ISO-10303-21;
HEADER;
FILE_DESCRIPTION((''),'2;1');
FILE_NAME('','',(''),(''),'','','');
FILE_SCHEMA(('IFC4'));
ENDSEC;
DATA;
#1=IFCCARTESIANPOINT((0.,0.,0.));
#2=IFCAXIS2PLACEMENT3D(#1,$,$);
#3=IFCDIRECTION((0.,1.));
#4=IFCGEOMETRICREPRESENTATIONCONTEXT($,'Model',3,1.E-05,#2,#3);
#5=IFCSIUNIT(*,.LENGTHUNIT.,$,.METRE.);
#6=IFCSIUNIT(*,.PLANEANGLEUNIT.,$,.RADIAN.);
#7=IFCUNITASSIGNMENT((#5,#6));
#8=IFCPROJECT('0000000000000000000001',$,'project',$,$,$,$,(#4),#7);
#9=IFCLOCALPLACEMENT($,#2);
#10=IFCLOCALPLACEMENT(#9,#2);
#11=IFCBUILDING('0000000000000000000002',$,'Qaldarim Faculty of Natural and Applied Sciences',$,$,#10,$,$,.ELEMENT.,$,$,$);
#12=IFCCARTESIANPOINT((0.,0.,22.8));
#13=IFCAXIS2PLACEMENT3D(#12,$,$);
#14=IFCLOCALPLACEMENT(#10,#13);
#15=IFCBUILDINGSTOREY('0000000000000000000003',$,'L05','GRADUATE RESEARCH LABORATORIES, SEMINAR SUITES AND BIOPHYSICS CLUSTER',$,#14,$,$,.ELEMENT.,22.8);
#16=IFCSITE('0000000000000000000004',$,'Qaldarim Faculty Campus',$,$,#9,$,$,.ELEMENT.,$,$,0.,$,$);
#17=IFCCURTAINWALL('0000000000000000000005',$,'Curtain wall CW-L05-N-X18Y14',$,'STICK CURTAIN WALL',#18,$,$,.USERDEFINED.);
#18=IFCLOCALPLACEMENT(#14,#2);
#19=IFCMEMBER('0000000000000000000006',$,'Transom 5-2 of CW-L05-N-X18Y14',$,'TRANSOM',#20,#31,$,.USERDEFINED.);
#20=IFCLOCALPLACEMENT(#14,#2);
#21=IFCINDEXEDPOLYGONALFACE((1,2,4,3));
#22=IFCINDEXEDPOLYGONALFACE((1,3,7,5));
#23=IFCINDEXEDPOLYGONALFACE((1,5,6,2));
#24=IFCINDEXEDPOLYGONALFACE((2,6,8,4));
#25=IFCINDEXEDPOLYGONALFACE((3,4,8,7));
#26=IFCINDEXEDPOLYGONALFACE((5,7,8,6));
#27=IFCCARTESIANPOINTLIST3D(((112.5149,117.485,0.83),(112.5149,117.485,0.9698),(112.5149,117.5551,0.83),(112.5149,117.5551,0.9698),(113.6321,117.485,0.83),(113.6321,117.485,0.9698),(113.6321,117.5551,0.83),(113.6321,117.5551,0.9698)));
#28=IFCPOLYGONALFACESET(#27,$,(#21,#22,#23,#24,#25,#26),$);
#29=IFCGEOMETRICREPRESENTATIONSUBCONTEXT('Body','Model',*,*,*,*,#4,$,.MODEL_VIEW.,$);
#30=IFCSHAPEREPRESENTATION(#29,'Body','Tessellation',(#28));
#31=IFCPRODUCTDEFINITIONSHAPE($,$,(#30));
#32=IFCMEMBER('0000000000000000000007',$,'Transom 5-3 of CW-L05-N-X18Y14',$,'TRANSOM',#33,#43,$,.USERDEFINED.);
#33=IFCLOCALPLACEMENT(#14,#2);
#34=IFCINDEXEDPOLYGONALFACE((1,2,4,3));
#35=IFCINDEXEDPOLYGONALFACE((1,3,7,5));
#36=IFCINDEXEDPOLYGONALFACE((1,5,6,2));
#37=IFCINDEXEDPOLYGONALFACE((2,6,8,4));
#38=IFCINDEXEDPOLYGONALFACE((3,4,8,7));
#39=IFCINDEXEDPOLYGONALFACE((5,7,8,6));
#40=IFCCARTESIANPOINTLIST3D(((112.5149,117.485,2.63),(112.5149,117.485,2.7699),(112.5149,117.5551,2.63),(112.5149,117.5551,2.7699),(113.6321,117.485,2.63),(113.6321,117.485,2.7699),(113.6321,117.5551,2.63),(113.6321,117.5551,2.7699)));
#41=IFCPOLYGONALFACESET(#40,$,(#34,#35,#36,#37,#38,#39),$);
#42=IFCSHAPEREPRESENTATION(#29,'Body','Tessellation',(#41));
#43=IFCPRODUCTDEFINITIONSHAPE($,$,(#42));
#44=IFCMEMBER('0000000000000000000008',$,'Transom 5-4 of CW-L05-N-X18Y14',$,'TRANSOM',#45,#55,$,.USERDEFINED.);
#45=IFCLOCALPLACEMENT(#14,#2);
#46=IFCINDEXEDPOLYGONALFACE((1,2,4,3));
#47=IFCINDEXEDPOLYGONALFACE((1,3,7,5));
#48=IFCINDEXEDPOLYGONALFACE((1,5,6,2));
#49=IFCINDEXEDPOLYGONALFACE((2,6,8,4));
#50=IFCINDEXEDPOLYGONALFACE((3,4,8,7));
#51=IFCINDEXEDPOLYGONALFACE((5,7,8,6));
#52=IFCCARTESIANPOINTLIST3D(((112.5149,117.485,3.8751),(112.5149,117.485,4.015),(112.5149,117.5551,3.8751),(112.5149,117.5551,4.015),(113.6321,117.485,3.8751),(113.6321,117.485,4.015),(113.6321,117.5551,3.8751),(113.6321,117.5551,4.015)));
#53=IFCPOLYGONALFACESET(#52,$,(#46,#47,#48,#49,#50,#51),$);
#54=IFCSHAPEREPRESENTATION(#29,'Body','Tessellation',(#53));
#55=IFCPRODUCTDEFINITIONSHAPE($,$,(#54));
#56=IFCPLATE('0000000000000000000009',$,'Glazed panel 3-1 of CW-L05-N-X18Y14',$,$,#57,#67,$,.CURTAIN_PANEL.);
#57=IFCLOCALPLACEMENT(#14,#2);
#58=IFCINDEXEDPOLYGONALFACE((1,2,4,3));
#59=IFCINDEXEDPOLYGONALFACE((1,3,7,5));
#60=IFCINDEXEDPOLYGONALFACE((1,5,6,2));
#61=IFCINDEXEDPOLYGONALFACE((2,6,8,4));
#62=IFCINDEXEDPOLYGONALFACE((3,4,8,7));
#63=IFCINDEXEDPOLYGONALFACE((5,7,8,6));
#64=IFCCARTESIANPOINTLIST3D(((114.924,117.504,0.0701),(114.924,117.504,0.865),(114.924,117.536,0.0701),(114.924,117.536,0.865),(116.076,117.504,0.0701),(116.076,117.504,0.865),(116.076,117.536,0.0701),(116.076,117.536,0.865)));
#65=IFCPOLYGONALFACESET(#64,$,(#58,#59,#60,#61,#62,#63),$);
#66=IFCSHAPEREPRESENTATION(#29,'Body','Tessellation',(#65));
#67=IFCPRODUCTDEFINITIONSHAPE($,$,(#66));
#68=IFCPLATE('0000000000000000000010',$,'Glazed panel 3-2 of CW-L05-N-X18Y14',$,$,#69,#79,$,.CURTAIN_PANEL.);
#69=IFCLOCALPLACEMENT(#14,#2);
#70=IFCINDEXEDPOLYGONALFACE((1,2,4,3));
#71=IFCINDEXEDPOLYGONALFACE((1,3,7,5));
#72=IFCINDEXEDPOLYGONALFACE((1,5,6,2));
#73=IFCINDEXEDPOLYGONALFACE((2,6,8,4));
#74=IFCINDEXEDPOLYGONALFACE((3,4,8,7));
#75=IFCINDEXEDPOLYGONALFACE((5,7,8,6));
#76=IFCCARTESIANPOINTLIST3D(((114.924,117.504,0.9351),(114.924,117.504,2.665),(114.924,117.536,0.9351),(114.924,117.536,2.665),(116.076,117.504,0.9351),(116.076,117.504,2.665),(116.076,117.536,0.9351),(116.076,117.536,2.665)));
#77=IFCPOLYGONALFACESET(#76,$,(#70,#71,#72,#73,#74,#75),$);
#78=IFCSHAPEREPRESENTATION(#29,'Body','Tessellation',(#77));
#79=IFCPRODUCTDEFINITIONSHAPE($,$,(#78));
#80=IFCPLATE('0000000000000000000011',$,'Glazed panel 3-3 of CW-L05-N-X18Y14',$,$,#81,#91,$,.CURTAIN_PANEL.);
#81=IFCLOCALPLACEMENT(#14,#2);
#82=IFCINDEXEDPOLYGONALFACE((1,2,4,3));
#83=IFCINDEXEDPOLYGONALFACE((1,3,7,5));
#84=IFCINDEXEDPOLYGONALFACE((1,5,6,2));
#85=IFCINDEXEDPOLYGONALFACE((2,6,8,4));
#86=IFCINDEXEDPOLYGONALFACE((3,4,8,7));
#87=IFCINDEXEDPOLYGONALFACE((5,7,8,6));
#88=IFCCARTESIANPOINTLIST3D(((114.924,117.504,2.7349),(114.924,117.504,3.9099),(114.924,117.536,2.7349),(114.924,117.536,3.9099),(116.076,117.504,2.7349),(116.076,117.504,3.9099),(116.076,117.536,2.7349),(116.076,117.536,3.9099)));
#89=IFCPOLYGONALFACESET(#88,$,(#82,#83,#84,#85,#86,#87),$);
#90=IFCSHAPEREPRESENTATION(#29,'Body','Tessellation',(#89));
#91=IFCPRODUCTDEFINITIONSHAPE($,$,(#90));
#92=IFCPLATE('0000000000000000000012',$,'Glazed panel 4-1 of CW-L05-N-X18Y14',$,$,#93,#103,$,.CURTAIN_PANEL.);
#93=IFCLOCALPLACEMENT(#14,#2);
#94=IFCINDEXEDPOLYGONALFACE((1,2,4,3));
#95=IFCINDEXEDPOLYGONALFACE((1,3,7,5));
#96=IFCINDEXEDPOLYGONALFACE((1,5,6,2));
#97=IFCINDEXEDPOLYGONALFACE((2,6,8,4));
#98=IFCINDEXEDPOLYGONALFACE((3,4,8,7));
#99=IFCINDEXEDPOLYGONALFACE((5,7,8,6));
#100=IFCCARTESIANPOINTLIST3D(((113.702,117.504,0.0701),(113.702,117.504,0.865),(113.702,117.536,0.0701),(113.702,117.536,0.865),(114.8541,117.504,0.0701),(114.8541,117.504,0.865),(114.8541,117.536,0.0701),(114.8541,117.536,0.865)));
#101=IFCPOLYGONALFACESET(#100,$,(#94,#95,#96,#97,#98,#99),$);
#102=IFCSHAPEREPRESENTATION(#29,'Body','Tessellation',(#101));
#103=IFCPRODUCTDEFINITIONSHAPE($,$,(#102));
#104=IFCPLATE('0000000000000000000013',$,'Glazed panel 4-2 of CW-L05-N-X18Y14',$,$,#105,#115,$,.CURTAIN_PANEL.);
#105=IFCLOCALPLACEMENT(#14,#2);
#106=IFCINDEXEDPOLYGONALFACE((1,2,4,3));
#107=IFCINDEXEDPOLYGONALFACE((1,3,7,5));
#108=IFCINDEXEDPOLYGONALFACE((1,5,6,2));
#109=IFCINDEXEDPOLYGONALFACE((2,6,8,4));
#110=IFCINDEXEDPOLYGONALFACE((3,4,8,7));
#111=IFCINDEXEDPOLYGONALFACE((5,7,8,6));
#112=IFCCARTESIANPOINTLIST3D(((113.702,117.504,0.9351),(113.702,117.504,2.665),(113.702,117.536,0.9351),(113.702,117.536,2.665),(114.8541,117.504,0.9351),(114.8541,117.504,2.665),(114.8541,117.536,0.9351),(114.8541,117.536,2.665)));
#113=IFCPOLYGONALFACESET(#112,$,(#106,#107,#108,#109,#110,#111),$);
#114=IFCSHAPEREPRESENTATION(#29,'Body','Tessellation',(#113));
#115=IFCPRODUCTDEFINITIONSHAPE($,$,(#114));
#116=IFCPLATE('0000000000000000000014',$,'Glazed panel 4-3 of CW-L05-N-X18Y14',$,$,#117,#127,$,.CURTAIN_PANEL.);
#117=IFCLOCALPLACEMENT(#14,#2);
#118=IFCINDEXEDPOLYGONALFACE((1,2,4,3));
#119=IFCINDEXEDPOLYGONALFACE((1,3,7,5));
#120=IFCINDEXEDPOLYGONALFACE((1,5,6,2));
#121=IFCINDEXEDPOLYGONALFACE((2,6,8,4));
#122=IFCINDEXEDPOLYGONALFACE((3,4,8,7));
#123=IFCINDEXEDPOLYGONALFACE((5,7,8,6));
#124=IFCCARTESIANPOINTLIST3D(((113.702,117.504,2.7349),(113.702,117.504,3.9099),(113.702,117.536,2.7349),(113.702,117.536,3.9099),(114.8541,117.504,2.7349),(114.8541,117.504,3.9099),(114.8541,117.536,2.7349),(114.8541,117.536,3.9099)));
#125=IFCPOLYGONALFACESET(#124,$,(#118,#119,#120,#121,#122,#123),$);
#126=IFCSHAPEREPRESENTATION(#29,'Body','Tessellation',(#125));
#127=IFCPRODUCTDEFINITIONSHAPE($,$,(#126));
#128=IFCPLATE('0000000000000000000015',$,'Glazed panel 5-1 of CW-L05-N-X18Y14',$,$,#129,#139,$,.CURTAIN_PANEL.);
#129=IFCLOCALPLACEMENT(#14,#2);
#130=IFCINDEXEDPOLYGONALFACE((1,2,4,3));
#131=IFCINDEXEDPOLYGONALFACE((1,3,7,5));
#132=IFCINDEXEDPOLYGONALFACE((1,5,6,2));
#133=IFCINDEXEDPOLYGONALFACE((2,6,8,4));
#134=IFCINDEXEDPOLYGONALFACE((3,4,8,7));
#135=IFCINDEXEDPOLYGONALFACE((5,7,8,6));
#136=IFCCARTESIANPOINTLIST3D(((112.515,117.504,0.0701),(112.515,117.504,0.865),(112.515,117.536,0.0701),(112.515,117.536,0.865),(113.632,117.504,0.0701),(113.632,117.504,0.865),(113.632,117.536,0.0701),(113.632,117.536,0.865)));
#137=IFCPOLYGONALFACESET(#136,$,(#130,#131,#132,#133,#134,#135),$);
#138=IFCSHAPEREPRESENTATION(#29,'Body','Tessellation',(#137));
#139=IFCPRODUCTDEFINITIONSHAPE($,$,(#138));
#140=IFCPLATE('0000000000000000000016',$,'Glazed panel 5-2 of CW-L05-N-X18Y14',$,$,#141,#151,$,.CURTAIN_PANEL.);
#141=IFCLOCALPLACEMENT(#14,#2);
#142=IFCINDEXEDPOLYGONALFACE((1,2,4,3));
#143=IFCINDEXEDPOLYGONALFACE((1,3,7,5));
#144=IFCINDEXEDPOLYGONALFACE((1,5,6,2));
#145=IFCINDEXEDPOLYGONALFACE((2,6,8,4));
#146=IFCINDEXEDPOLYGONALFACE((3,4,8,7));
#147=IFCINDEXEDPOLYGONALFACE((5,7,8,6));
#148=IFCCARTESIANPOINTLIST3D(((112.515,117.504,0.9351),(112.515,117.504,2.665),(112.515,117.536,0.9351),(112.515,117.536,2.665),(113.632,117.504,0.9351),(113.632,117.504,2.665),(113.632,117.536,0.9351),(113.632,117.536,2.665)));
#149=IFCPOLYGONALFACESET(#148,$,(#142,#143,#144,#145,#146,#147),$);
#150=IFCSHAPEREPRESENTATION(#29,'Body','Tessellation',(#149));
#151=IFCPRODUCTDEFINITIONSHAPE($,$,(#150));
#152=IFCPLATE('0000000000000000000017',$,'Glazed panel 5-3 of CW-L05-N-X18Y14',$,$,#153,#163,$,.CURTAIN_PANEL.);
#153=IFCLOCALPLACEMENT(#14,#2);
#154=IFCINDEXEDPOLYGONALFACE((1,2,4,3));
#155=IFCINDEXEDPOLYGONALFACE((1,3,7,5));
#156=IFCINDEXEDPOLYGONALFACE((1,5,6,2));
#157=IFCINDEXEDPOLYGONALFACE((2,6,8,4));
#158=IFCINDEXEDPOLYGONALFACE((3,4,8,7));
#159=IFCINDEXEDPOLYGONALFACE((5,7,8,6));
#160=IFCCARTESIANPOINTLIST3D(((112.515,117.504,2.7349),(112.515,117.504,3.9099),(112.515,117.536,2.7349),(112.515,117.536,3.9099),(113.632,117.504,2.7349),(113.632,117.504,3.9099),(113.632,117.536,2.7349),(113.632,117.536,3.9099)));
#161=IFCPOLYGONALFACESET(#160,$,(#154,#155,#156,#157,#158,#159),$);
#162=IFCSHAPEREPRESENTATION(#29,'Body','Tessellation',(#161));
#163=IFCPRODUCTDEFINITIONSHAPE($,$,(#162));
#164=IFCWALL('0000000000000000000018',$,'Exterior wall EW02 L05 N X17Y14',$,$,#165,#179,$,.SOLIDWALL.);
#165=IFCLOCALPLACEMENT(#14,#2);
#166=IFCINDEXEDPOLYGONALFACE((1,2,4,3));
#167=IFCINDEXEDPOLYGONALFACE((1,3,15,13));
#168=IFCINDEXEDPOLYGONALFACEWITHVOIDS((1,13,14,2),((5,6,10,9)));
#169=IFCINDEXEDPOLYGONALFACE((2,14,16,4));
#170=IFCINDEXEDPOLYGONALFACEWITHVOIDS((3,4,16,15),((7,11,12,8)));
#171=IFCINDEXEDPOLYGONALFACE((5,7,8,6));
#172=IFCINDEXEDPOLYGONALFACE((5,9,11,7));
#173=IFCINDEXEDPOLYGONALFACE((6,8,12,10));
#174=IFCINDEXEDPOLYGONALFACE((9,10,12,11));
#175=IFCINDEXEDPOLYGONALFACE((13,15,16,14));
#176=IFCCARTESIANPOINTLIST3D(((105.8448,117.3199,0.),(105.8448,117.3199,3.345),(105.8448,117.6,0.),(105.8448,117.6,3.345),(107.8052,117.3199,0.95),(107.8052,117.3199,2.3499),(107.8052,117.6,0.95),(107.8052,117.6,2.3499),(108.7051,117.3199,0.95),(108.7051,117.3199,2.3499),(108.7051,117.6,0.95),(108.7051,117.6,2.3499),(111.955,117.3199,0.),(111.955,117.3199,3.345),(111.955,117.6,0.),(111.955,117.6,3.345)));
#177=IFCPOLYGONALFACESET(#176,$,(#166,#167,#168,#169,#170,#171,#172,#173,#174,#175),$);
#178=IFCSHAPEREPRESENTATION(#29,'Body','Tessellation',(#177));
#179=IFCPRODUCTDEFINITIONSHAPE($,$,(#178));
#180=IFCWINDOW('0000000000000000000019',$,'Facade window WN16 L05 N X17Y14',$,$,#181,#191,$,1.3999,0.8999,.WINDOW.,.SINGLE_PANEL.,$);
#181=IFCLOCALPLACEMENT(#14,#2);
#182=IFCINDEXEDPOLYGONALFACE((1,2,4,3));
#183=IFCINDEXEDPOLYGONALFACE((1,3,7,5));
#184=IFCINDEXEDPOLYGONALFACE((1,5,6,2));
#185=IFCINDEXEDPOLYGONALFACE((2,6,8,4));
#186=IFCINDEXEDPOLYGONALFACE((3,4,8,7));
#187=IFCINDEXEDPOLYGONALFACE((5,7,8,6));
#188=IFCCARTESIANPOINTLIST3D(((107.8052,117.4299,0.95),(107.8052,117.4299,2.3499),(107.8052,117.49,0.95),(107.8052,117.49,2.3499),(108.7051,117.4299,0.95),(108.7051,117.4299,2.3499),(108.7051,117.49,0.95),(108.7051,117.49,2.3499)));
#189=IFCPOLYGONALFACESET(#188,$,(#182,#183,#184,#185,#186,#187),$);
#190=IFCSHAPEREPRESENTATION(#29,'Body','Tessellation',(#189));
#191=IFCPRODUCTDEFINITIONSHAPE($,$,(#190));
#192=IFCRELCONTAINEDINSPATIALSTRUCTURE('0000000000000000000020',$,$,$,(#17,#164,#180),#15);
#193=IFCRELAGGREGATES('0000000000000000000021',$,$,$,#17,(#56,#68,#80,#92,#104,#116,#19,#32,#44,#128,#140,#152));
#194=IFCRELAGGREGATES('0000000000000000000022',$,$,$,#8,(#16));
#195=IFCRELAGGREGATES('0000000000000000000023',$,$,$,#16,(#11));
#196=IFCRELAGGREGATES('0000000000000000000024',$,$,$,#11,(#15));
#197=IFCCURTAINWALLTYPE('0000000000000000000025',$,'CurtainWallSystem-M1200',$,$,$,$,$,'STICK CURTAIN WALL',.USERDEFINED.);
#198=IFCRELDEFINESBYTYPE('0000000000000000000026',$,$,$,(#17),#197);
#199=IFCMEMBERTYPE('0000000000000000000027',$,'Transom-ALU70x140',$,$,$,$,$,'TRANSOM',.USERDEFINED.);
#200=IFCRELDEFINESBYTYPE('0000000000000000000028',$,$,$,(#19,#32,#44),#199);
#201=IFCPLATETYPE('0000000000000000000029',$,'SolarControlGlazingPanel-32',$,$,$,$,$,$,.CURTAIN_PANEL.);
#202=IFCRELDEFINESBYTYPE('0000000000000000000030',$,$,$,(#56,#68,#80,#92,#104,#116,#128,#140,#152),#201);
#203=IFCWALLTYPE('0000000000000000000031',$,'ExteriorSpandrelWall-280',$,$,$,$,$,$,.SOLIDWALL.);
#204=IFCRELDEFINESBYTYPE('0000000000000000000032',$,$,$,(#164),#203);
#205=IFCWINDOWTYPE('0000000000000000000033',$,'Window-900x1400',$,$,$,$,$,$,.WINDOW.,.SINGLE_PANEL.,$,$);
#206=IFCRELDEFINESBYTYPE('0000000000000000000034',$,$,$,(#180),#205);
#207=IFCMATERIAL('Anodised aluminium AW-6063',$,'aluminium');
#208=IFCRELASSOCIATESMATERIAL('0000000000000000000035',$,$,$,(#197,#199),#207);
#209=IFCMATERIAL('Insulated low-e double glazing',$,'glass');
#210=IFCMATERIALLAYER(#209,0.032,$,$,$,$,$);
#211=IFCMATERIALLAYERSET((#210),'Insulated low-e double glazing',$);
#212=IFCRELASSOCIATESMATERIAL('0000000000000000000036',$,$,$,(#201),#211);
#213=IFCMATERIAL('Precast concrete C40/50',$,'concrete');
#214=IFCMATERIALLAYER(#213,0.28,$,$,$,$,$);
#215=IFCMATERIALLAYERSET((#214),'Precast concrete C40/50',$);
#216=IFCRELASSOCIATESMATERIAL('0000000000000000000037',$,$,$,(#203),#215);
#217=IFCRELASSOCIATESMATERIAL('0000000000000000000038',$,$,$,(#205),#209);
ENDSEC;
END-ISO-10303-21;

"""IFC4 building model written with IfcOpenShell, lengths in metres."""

from ifc_helpers import new_model, si_unit, direction, frame, frame_2d, origin, origin_2d, place, context, subcontext, project, spatial, rectangle, extrude, material, layer, layer_set, material_profile, profile_set, type_object, element, fill, aggregate, save


model = new_model("IFC4")

# Units and contexts
model_context = context("Model", 3, precision=1e-05, world=origin(), true_north=direction((0.0, 1.0)))
body_context = subcontext(model_context, "Body", "Model", "MODEL_VIEW")
ifc_project = project(units=[si_unit("LENGTHUNIT", "METRE"), si_unit("PLANEANGLEUNIT", "RADIAN")], contexts=[model_context])

# Site, building, storey
site_placement = place(None, origin())
site = spatial("IfcSite", under=ifc_project, at=site_placement, Name="Qaldarim Faculty Campus", CompositionType="ELEMENT", RefElevation=0.0)
building_placement = place(site_placement, origin())
building = spatial("IfcBuilding", under=site, at=building_placement, Name="Qaldarim Faculty of Natural and Applied Sciences", CompositionType="ELEMENT")
storey_placement = place(building_placement, frame((0.0, 0.0, 22.8)))
storey = spatial("IfcBuildingStorey", under=building, at=storey_placement, Name="L05", Description="GRADUATE RESEARCH LABORATORIES, SEMINAR SUITES AND BIOPHYSICS CLUSTER", CompositionType="ELEMENT", Elevation=22.8)

# Curtain wall
ifc_material_1 = material(Name="Anodised aluminium AW-6063", Category="aluminium")
curtain_wall_type = type_object("IfcCurtainWallType", Name="CurtainWallSystem-M1200", ElementType="STICK CURTAIN WALL", PredefinedType="USERDEFINED", material=ifc_material_1)
curtain_wall_placement = place(storey_placement, origin())
curtain_wall = element("IfcCurtainWall", 1, at=curtain_wall_placement, inside=storey, type_object=curtain_wall_type, Name="Curtain wall CW-L05-N-X18Y14", ObjectType="STICK CURTAIN WALL", PredefinedType="USERDEFINED")

# Shared definitions
ifc_material_2 = material(Name="Precast concrete C40/50", Category="concrete")

# Members
ifc_material_profile_1 = material_profile(ifc_material_1, rectangle(XDim=0.0701, YDim=0.1399, at=origin_2d()), Name="ALU-T70x140")
ifc_profile_set_1 = profile_set([ifc_material_profile_1], Name="Anodised aluminium AW-6063")
member_type_1 = type_object("IfcMemberType", Name="Transom-ALU70x140", ElementType="TRANSOM", PredefinedType="USERDEFINED", material=ifc_profile_set_1)
member_1_placement = place(storey_placement, frame((113.6321, 117.52, 0.8999), z_axis=(-1.0, 0.0, 0.0), x_axis=(0.0, -1.0, 0.0)))
member_1 = element("IfcMember", 2, at=member_1_placement, type_object=member_type_1, Name="Transom 5-2 of CW-L05-N-X18Y14", ObjectType="TRANSOM", PredefinedType="USERDEFINED", context=body_context, shape_type="SweptSolid", body=[
    extrude(rectangle(XDim=0.0701, YDim=0.1399, at=origin_2d()), origin(), (0.0, 0.0, 1.0), 1.1172),
])
member_2_placement = place(storey_placement, frame((113.6321, 117.52, 2.7), z_axis=(-1.0, 0.0, 0.0), x_axis=(0.0, -1.0, 0.0)))
member_2 = element("IfcMember", 3, at=member_2_placement, type_object=member_type_1, Name="Transom 5-3 of CW-L05-N-X18Y14", ObjectType="TRANSOM", PredefinedType="USERDEFINED", context=body_context, shape_type="SweptSolid", body=[
    extrude(rectangle(XDim=0.0701, YDim=0.1399, at=origin_2d()), origin(), (0.0, 0.0, 1.0), 1.1172),
])
member_3_placement = place(storey_placement, frame((113.6321, 117.52, 3.9451), z_axis=(-1.0, 0.0, 0.0), x_axis=(0.0, -1.0, 0.0)))
member_3 = element("IfcMember", 4, at=member_3_placement, type_object=member_type_1, Name="Transom 5-4 of CW-L05-N-X18Y14", ObjectType="TRANSOM", PredefinedType="USERDEFINED", context=body_context, shape_type="SweptSolid", body=[
    extrude(rectangle(XDim=0.0701, YDim=0.1399, at=origin_2d()), origin(), (0.0, 0.0, 1.0), 1.1172),
])

# Plates
ifc_material_3 = material(Name="Insulated low-e double glazing", Category="glass")
ifc_layer_1 = layer(ifc_material_3, 0.032)
ifc_layer_set_1 = layer_set([ifc_layer_1], Name="Insulated low-e double glazing")
plate_type = type_object("IfcPlateType", Name="SolarControlGlazingPanel-32", PredefinedType="CURTAIN_PANEL", material=ifc_layer_set_1)
plate_1_placement = place(storey_placement, frame((115.5, 117.52, 0.0701), z_axis=(0.0, 0.0, 1.0), x_axis=(-1.0, 0.0, 0.0)))
plate_1 = element("IfcPlate", 5, at=plate_1_placement, type_object=plate_type, Name="Glazed panel 3-1 of CW-L05-N-X18Y14", PredefinedType="CURTAIN_PANEL", context=body_context, shape_type="SweptSolid", body=[
    extrude(rectangle(XDim=1.1521, YDim=0.032, at=origin_2d()), origin(), (0.0, 0.0, 1.0), 0.7949),
])
plate_2_placement = place(storey_placement, frame((115.5, 117.52, 0.9351), z_axis=(0.0, 0.0, 1.0), x_axis=(-1.0, 0.0, 0.0)))
plate_2 = element("IfcPlate", 6, at=plate_2_placement, type_object=plate_type, Name="Glazed panel 3-2 of CW-L05-N-X18Y14", PredefinedType="CURTAIN_PANEL", context=body_context, shape_type="SweptSolid", body=[
    extrude(rectangle(XDim=1.1521, YDim=0.032, at=origin_2d()), origin(), (0.0, 0.0, 1.0), 1.73),
])
plate_3_placement = place(storey_placement, frame((115.5, 117.52, 2.7349), z_axis=(0.0, 0.0, 1.0), x_axis=(-1.0, 0.0, 0.0)))
plate_3 = element("IfcPlate", 7, at=plate_3_placement, type_object=plate_type, Name="Glazed panel 3-3 of CW-L05-N-X18Y14", PredefinedType="CURTAIN_PANEL", context=body_context, shape_type="SweptSolid", body=[
    extrude(rectangle(XDim=1.1521, YDim=0.032, at=origin_2d()), origin(), (0.0, 0.0, 1.0), 1.175),
])
plate_4_placement = place(storey_placement, frame((114.2781, 117.52, 0.0701), z_axis=(0.0, 0.0, 1.0), x_axis=(-1.0, 0.0, 0.0)))
plate_4 = element("IfcPlate", 8, at=plate_4_placement, type_object=plate_type, Name="Glazed panel 4-1 of CW-L05-N-X18Y14", PredefinedType="CURTAIN_PANEL", context=body_context, shape_type="SweptSolid", body=[
    extrude(rectangle(XDim=1.1521, YDim=0.032, at=origin_2d()), origin(), (0.0, 0.0, 1.0), 0.7949),
])
plate_5_placement = place(storey_placement, frame((114.2781, 117.52, 0.9351), z_axis=(0.0, 0.0, 1.0), x_axis=(-1.0, 0.0, 0.0)))
plate_5 = element("IfcPlate", 9, at=plate_5_placement, type_object=plate_type, Name="Glazed panel 4-2 of CW-L05-N-X18Y14", PredefinedType="CURTAIN_PANEL", context=body_context, shape_type="SweptSolid", body=[
    extrude(rectangle(XDim=1.1521, YDim=0.032, at=origin_2d()), origin(), (0.0, 0.0, 1.0), 1.73),
])
plate_6_placement = place(storey_placement, frame((114.2781, 117.52, 2.7349), z_axis=(0.0, 0.0, 1.0), x_axis=(-1.0, 0.0, 0.0)))
plate_6 = element("IfcPlate", 10, at=plate_6_placement, type_object=plate_type, Name="Glazed panel 4-3 of CW-L05-N-X18Y14", PredefinedType="CURTAIN_PANEL", context=body_context, shape_type="SweptSolid", body=[
    extrude(rectangle(XDim=1.1521, YDim=0.032, at=origin_2d()), origin(), (0.0, 0.0, 1.0), 1.175),
])
plate_7_placement = place(storey_placement, frame((113.0735, 117.52, 0.0701), z_axis=(0.0, 0.0, 1.0), x_axis=(-1.0, 0.0, 0.0)))
plate_7 = element("IfcPlate", 11, at=plate_7_placement, type_object=plate_type, Name="Glazed panel 5-1 of CW-L05-N-X18Y14", PredefinedType="CURTAIN_PANEL", context=body_context, shape_type="SweptSolid", body=[
    extrude(rectangle(XDim=1.1169, YDim=0.032, at=origin_2d()), origin(), (0.0, 0.0, 1.0), 0.7949),
])
plate_8_placement = place(storey_placement, frame((113.0735, 117.52, 0.9351), z_axis=(0.0, 0.0, 1.0), x_axis=(-1.0, 0.0, 0.0)))
plate_8 = element("IfcPlate", 12, at=plate_8_placement, type_object=plate_type, Name="Glazed panel 5-2 of CW-L05-N-X18Y14", PredefinedType="CURTAIN_PANEL", context=body_context, shape_type="SweptSolid", body=[
    extrude(rectangle(XDim=1.1169, YDim=0.032, at=origin_2d()), origin(), (0.0, 0.0, 1.0), 1.73),
])
plate_9_placement = place(storey_placement, frame((113.0735, 117.52, 2.7349), z_axis=(0.0, 0.0, 1.0), x_axis=(-1.0, 0.0, 0.0)))
plate_9 = element("IfcPlate", 13, at=plate_9_placement, type_object=plate_type, Name="Glazed panel 5-3 of CW-L05-N-X18Y14", PredefinedType="CURTAIN_PANEL", context=body_context, shape_type="SweptSolid", body=[
    extrude(rectangle(XDim=1.1169, YDim=0.032, at=origin_2d()), origin(), (0.0, 0.0, 1.0), 1.175),
])
aggregate(curtain_wall, [plate_1, plate_2, plate_3, plate_4, plate_5, plate_6, member_1, member_2, member_3, plate_7, plate_8, plate_9])

# Wall, opening, window
ifc_layer_2 = layer(ifc_material_2, 0.28)
ifc_layer_set_2 = layer_set([ifc_layer_2], Name="Precast concrete C40/50")
wall_type_1 = type_object("IfcWallType", Name="ExteriorSpandrelWall-280", PredefinedType="SOLIDWALL", material=ifc_layer_set_2)
wall_1_placement = place(storey_placement, frame((111.9551, 117.46, 0.0), z_axis=(0.0, 0.0, 1.0), x_axis=(-1.0, 0.0, 0.0)))
wall_1 = element("IfcWall", 14, at=wall_1_placement, inside=storey, type_object=wall_type_1, Name="Exterior wall EW02 L05 N X17Y14", PredefinedType="SOLIDWALL", context=body_context, shape_type="SweptSolid", body=[
    extrude(rectangle(XDim=6.1101, YDim=0.28, at=frame_2d((3.0552, 0.0))), origin(), (0.0, 0.0, 1.0), 3.345),
])
opening_placement = place(wall_1_placement, frame((3.25, 0.0, 0.95)))
opening = element("IfcOpeningElement", 15, at=opening_placement, cuts=wall_1, PredefinedType="OPENING", context=body_context, shape_type="SweptSolid", body=[
    extrude(rectangle(XDim=0.8999, YDim=1.3999, at=frame_2d((0.45, 0.7))), frame((0.0, 0.1499, 0.0), z_axis=(0.0, -1.0, 0.0), x_axis=(1.0, 0.0, 0.0)), (0.0, 0.0, 1.0), 0.3),
])
window_type = type_object("IfcWindowType", Name="Window-900x1400", PartitioningType="SINGLE_PANEL", PredefinedType="WINDOW", material=ifc_material_3)
window_placement = place(opening_placement, origin())
window = element("IfcWindow", 16, at=window_placement, inside=storey, type_object=window_type, Name="Facade window WN16 L05 N X17Y14", OverallHeight=1.3999, OverallWidth=0.8999, PartitioningType="SINGLE_PANEL", PredefinedType="WINDOW", context=body_context, shape_type="SweptSolid", body=[
    extrude(rectangle(XDim=0.8999, YDim=1.3999, at=frame_2d((0.45, 0.7))), frame((0.0, 0.03, 0.0), z_axis=(0.0, -1.0, 0.0), x_axis=(1.0, 0.0, 0.0)), (0.0, 0.0, 1.0), 0.0601),
])
fill(opening, window)

save(model, "model.ifc")
